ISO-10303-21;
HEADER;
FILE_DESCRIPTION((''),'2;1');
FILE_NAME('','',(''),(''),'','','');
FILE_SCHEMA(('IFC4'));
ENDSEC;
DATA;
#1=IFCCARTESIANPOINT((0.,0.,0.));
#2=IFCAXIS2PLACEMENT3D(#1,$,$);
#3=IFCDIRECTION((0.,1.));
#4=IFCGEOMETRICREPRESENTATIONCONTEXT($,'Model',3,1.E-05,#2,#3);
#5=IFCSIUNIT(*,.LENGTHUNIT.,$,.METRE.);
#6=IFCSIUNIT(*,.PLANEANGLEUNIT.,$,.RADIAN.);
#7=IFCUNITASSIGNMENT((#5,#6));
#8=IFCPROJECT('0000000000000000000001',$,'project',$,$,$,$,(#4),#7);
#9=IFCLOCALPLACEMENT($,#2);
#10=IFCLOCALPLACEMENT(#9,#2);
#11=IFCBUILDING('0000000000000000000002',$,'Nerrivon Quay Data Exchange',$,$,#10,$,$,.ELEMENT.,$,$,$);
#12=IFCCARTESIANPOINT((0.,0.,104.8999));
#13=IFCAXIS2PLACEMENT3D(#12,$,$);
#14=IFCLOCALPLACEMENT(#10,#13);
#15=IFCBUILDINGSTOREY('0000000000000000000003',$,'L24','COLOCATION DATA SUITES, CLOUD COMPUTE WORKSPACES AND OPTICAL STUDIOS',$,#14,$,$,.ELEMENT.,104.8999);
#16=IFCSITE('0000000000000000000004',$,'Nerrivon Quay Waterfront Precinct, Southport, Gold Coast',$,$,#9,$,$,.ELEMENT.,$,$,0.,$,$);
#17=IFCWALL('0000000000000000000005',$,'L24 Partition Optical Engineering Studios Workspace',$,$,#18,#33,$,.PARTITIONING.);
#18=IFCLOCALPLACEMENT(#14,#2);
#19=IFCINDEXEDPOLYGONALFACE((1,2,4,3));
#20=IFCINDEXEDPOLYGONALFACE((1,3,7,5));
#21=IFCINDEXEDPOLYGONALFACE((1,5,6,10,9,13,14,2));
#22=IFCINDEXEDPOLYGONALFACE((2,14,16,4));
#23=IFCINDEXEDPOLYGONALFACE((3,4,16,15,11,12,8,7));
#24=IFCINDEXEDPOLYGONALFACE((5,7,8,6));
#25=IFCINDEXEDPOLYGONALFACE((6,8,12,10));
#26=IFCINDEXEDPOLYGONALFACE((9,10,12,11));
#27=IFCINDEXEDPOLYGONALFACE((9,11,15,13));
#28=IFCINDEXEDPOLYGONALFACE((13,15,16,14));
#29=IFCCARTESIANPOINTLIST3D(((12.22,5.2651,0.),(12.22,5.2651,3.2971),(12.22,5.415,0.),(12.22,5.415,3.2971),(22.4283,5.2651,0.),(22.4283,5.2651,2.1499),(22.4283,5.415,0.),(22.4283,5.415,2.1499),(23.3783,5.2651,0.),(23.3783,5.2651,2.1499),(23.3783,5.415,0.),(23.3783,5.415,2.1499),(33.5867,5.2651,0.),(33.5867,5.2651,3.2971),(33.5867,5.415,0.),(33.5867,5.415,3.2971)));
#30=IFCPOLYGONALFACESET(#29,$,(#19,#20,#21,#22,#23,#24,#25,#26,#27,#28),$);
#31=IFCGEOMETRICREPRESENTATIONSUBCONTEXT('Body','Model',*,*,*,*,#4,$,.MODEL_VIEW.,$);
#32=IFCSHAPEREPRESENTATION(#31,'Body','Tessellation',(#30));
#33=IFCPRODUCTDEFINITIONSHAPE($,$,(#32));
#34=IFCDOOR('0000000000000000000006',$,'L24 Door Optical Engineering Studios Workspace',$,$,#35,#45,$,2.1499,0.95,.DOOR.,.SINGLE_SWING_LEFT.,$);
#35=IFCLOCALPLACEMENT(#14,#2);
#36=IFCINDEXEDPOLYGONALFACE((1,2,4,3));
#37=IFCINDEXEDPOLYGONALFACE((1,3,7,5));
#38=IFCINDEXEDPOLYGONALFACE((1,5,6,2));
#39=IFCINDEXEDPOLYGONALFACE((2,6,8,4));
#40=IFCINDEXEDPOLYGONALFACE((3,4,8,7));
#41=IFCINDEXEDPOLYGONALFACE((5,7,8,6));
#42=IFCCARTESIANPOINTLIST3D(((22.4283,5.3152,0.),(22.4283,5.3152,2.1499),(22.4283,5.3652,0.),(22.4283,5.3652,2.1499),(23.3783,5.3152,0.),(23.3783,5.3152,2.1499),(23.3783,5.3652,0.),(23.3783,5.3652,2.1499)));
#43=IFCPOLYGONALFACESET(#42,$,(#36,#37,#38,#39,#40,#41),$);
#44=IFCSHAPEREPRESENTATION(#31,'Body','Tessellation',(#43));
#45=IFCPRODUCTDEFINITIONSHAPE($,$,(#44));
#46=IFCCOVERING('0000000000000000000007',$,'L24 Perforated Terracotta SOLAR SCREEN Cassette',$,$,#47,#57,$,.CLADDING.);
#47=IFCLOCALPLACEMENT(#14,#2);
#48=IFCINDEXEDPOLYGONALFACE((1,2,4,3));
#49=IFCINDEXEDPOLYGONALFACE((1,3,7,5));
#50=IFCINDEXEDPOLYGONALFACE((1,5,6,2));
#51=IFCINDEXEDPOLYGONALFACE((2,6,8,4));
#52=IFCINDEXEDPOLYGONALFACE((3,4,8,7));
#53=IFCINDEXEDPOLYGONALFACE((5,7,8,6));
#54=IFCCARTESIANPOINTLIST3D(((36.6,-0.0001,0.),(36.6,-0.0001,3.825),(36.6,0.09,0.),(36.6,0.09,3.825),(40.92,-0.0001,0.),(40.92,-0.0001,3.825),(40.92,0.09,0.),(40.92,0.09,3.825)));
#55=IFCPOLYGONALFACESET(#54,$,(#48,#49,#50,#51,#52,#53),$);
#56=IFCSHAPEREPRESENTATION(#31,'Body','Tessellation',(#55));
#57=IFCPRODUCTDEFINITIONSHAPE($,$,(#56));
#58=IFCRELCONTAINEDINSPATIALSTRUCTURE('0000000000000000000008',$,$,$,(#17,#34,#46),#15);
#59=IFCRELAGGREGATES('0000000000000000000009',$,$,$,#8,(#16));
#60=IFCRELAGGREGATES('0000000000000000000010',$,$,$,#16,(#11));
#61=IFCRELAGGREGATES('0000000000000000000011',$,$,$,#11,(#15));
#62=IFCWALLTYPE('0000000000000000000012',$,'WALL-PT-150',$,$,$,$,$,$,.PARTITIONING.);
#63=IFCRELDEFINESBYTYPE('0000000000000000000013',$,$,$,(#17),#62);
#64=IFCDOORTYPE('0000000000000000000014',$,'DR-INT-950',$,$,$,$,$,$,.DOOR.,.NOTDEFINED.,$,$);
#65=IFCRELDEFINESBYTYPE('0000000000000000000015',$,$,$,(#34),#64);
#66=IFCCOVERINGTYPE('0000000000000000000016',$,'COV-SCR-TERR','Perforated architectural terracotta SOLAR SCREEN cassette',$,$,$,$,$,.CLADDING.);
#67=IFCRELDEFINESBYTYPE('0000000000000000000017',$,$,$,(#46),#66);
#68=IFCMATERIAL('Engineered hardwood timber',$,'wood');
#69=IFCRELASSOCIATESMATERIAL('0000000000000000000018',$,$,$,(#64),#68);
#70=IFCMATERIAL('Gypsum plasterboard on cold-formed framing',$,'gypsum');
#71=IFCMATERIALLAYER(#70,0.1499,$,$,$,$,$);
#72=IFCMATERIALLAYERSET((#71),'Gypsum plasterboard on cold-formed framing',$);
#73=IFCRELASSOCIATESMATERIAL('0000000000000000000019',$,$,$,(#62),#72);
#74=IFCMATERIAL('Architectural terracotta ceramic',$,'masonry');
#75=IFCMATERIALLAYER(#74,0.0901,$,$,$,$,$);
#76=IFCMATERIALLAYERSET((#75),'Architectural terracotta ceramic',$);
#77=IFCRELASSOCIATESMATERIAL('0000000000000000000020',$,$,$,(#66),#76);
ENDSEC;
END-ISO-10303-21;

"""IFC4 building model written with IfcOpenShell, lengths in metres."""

from ifc_helpers import new_model, si_unit, direction, frame, frame_2d, origin, origin_2d, place, context, subcontext, project, spatial, rectangle, extrude, material, layer, layer_set, type_object, element, fill, save


model = new_model("IFC4")

# Units and contexts
model_context = context("Model", 3, precision=1e-05, world=origin(), true_north=direction((0.0, 1.0)))
body_context = subcontext(model_context, "Body", "Model", "MODEL_VIEW")
ifc_project = project(units=[si_unit("LENGTHUNIT", "METRE"), si_unit("PLANEANGLEUNIT", "RADIAN")], contexts=[model_context])

# Site, building, storey
site_placement = place(None, origin())
site = spatial("IfcSite", under=ifc_project, at=site_placement, Name="Nerrivon Quay Waterfront Precinct, Southport, Gold Coast", CompositionType="ELEMENT", RefElevation=0.0)
building_placement = place(site_placement, origin())
building = spatial("IfcBuilding", under=site, at=building_placement, Name="Nerrivon Quay Data Exchange", CompositionType="ELEMENT")
storey_placement = place(building_placement, frame((0.0, 0.0, 104.8999)))
storey = spatial("IfcBuildingStorey", under=building, at=storey_placement, Name="L24", Description="COLOCATION DATA SUITES, CLOUD COMPUTE WORKSPACES AND OPTICAL STUDIOS", CompositionType="ELEMENT", Elevation=104.8999)

# Shared definitions
ifc_material_1 = material(Name="Gypsum plasterboard on cold-formed framing", Category="gypsum")

# Shared definitions
ifc_material_2 = material(Name="Engineered hardwood timber", Category="wood")
door_type_1 = type_object("IfcDoorType", Name="DR-INT-950", OperationType="NOTDEFINED", PredefinedType="DOOR", material=ifc_material_2)

# Wall, opening, door
ifc_layer_1 = layer(ifc_material_1, 0.1499)
ifc_layer_set_1 = layer_set([ifc_layer_1], Name="Gypsum plasterboard on cold-formed framing")
wall_type_1 = type_object("IfcWallType", Name="WALL-PT-150", PredefinedType="PARTITIONING", material=ifc_layer_set_1)
wall_1_placement = place(storey_placement, frame((33.5867, 5.3401, 0.0), z_axis=(0.0, 0.0, 1.0), x_axis=(-1.0, 0.0, 0.0)))
wall_1 = element("IfcWall", 1, at=wall_1_placement, inside=storey, type_object=wall_type_1, Name="L24 Partition Optical Engineering Studios Workspace", PredefinedType="PARTITIONING", context=body_context, shape_type="SweptSolid", body=[
    extrude(rectangle(XDim=21.3667, YDim=0.1499, at=frame_2d((10.6833, 0.0))), origin(), (0.0, 0.0, 1.0), 3.2971),
])
opening_1_placement = place(wall_1_placement, frame((10.2083, 0.0, 0.0)))
opening_1 = element("IfcOpeningElement", 2, at=opening_1_placement, cuts=wall_1, PredefinedType="OPENING", context=body_context, shape_type="SweptSolid", body=[
    extrude(rectangle(XDim=0.95, YDim=2.1499, at=frame_2d((0.4751, 1.075))), frame((0.0, 0.085, 0.0), z_axis=(0.0, -1.0, 0.0), x_axis=(1.0, 0.0, 0.0)), (0.0, 0.0, 1.0), 0.1699),
])
door_1_placement = place(opening_1_placement, origin())
door_1 = element("IfcDoor", 3, at=door_1_placement, inside=storey, type_object=door_type_1, Name="L24 Door Optical Engineering Studios Workspace", OperationType="SINGLE_SWING_LEFT", OverallHeight=2.1499, OverallWidth=0.95, PredefinedType="DOOR", context=body_context, shape_type="SweptSolid", body=[
    extrude(rectangle(XDim=0.95, YDim=2.1499, at=frame_2d((0.4751, 1.075))), frame((0.0, 0.0249, 0.0), z_axis=(0.0, -1.0, 0.0), x_axis=(1.0, 0.0, 0.0)), (0.0, 0.0, 1.0), 0.05),
])
fill(opening_1, door_1)

# Covering
ifc_material_3 = material(Name="Architectural terracotta ceramic", Category="masonry")
ifc_layer_2 = layer(ifc_material_3, 0.0901)
ifc_layer_set_2 = layer_set([ifc_layer_2], Name="Architectural terracotta ceramic")
covering_type = type_object("IfcCoveringType", Name="COV-SCR-TERR", Description="Perforated architectural terracotta SOLAR SCREEN cassette", PredefinedType="CLADDING", material=ifc_layer_set_2)
covering_placement = place(storey_placement, frame((38.76, 0.0449, 0.0), z_axis=(0.0, 0.0, 1.0), x_axis=(-1.0, 0.0, 0.0)))
element("IfcCovering", 4, at=covering_placement, inside=storey, type_object=covering_type, Name="L24 Perforated Terracotta SOLAR SCREEN Cassette", PredefinedType="CLADDING", context=body_context, shape_type="SweptSolid", body=[
    extrude(rectangle(XDim=4.3201, YDim=0.0901, at=origin_2d()), origin(), (0.0, 0.0, 1.0), 3.825),
])

save(model, "model.ifc")
